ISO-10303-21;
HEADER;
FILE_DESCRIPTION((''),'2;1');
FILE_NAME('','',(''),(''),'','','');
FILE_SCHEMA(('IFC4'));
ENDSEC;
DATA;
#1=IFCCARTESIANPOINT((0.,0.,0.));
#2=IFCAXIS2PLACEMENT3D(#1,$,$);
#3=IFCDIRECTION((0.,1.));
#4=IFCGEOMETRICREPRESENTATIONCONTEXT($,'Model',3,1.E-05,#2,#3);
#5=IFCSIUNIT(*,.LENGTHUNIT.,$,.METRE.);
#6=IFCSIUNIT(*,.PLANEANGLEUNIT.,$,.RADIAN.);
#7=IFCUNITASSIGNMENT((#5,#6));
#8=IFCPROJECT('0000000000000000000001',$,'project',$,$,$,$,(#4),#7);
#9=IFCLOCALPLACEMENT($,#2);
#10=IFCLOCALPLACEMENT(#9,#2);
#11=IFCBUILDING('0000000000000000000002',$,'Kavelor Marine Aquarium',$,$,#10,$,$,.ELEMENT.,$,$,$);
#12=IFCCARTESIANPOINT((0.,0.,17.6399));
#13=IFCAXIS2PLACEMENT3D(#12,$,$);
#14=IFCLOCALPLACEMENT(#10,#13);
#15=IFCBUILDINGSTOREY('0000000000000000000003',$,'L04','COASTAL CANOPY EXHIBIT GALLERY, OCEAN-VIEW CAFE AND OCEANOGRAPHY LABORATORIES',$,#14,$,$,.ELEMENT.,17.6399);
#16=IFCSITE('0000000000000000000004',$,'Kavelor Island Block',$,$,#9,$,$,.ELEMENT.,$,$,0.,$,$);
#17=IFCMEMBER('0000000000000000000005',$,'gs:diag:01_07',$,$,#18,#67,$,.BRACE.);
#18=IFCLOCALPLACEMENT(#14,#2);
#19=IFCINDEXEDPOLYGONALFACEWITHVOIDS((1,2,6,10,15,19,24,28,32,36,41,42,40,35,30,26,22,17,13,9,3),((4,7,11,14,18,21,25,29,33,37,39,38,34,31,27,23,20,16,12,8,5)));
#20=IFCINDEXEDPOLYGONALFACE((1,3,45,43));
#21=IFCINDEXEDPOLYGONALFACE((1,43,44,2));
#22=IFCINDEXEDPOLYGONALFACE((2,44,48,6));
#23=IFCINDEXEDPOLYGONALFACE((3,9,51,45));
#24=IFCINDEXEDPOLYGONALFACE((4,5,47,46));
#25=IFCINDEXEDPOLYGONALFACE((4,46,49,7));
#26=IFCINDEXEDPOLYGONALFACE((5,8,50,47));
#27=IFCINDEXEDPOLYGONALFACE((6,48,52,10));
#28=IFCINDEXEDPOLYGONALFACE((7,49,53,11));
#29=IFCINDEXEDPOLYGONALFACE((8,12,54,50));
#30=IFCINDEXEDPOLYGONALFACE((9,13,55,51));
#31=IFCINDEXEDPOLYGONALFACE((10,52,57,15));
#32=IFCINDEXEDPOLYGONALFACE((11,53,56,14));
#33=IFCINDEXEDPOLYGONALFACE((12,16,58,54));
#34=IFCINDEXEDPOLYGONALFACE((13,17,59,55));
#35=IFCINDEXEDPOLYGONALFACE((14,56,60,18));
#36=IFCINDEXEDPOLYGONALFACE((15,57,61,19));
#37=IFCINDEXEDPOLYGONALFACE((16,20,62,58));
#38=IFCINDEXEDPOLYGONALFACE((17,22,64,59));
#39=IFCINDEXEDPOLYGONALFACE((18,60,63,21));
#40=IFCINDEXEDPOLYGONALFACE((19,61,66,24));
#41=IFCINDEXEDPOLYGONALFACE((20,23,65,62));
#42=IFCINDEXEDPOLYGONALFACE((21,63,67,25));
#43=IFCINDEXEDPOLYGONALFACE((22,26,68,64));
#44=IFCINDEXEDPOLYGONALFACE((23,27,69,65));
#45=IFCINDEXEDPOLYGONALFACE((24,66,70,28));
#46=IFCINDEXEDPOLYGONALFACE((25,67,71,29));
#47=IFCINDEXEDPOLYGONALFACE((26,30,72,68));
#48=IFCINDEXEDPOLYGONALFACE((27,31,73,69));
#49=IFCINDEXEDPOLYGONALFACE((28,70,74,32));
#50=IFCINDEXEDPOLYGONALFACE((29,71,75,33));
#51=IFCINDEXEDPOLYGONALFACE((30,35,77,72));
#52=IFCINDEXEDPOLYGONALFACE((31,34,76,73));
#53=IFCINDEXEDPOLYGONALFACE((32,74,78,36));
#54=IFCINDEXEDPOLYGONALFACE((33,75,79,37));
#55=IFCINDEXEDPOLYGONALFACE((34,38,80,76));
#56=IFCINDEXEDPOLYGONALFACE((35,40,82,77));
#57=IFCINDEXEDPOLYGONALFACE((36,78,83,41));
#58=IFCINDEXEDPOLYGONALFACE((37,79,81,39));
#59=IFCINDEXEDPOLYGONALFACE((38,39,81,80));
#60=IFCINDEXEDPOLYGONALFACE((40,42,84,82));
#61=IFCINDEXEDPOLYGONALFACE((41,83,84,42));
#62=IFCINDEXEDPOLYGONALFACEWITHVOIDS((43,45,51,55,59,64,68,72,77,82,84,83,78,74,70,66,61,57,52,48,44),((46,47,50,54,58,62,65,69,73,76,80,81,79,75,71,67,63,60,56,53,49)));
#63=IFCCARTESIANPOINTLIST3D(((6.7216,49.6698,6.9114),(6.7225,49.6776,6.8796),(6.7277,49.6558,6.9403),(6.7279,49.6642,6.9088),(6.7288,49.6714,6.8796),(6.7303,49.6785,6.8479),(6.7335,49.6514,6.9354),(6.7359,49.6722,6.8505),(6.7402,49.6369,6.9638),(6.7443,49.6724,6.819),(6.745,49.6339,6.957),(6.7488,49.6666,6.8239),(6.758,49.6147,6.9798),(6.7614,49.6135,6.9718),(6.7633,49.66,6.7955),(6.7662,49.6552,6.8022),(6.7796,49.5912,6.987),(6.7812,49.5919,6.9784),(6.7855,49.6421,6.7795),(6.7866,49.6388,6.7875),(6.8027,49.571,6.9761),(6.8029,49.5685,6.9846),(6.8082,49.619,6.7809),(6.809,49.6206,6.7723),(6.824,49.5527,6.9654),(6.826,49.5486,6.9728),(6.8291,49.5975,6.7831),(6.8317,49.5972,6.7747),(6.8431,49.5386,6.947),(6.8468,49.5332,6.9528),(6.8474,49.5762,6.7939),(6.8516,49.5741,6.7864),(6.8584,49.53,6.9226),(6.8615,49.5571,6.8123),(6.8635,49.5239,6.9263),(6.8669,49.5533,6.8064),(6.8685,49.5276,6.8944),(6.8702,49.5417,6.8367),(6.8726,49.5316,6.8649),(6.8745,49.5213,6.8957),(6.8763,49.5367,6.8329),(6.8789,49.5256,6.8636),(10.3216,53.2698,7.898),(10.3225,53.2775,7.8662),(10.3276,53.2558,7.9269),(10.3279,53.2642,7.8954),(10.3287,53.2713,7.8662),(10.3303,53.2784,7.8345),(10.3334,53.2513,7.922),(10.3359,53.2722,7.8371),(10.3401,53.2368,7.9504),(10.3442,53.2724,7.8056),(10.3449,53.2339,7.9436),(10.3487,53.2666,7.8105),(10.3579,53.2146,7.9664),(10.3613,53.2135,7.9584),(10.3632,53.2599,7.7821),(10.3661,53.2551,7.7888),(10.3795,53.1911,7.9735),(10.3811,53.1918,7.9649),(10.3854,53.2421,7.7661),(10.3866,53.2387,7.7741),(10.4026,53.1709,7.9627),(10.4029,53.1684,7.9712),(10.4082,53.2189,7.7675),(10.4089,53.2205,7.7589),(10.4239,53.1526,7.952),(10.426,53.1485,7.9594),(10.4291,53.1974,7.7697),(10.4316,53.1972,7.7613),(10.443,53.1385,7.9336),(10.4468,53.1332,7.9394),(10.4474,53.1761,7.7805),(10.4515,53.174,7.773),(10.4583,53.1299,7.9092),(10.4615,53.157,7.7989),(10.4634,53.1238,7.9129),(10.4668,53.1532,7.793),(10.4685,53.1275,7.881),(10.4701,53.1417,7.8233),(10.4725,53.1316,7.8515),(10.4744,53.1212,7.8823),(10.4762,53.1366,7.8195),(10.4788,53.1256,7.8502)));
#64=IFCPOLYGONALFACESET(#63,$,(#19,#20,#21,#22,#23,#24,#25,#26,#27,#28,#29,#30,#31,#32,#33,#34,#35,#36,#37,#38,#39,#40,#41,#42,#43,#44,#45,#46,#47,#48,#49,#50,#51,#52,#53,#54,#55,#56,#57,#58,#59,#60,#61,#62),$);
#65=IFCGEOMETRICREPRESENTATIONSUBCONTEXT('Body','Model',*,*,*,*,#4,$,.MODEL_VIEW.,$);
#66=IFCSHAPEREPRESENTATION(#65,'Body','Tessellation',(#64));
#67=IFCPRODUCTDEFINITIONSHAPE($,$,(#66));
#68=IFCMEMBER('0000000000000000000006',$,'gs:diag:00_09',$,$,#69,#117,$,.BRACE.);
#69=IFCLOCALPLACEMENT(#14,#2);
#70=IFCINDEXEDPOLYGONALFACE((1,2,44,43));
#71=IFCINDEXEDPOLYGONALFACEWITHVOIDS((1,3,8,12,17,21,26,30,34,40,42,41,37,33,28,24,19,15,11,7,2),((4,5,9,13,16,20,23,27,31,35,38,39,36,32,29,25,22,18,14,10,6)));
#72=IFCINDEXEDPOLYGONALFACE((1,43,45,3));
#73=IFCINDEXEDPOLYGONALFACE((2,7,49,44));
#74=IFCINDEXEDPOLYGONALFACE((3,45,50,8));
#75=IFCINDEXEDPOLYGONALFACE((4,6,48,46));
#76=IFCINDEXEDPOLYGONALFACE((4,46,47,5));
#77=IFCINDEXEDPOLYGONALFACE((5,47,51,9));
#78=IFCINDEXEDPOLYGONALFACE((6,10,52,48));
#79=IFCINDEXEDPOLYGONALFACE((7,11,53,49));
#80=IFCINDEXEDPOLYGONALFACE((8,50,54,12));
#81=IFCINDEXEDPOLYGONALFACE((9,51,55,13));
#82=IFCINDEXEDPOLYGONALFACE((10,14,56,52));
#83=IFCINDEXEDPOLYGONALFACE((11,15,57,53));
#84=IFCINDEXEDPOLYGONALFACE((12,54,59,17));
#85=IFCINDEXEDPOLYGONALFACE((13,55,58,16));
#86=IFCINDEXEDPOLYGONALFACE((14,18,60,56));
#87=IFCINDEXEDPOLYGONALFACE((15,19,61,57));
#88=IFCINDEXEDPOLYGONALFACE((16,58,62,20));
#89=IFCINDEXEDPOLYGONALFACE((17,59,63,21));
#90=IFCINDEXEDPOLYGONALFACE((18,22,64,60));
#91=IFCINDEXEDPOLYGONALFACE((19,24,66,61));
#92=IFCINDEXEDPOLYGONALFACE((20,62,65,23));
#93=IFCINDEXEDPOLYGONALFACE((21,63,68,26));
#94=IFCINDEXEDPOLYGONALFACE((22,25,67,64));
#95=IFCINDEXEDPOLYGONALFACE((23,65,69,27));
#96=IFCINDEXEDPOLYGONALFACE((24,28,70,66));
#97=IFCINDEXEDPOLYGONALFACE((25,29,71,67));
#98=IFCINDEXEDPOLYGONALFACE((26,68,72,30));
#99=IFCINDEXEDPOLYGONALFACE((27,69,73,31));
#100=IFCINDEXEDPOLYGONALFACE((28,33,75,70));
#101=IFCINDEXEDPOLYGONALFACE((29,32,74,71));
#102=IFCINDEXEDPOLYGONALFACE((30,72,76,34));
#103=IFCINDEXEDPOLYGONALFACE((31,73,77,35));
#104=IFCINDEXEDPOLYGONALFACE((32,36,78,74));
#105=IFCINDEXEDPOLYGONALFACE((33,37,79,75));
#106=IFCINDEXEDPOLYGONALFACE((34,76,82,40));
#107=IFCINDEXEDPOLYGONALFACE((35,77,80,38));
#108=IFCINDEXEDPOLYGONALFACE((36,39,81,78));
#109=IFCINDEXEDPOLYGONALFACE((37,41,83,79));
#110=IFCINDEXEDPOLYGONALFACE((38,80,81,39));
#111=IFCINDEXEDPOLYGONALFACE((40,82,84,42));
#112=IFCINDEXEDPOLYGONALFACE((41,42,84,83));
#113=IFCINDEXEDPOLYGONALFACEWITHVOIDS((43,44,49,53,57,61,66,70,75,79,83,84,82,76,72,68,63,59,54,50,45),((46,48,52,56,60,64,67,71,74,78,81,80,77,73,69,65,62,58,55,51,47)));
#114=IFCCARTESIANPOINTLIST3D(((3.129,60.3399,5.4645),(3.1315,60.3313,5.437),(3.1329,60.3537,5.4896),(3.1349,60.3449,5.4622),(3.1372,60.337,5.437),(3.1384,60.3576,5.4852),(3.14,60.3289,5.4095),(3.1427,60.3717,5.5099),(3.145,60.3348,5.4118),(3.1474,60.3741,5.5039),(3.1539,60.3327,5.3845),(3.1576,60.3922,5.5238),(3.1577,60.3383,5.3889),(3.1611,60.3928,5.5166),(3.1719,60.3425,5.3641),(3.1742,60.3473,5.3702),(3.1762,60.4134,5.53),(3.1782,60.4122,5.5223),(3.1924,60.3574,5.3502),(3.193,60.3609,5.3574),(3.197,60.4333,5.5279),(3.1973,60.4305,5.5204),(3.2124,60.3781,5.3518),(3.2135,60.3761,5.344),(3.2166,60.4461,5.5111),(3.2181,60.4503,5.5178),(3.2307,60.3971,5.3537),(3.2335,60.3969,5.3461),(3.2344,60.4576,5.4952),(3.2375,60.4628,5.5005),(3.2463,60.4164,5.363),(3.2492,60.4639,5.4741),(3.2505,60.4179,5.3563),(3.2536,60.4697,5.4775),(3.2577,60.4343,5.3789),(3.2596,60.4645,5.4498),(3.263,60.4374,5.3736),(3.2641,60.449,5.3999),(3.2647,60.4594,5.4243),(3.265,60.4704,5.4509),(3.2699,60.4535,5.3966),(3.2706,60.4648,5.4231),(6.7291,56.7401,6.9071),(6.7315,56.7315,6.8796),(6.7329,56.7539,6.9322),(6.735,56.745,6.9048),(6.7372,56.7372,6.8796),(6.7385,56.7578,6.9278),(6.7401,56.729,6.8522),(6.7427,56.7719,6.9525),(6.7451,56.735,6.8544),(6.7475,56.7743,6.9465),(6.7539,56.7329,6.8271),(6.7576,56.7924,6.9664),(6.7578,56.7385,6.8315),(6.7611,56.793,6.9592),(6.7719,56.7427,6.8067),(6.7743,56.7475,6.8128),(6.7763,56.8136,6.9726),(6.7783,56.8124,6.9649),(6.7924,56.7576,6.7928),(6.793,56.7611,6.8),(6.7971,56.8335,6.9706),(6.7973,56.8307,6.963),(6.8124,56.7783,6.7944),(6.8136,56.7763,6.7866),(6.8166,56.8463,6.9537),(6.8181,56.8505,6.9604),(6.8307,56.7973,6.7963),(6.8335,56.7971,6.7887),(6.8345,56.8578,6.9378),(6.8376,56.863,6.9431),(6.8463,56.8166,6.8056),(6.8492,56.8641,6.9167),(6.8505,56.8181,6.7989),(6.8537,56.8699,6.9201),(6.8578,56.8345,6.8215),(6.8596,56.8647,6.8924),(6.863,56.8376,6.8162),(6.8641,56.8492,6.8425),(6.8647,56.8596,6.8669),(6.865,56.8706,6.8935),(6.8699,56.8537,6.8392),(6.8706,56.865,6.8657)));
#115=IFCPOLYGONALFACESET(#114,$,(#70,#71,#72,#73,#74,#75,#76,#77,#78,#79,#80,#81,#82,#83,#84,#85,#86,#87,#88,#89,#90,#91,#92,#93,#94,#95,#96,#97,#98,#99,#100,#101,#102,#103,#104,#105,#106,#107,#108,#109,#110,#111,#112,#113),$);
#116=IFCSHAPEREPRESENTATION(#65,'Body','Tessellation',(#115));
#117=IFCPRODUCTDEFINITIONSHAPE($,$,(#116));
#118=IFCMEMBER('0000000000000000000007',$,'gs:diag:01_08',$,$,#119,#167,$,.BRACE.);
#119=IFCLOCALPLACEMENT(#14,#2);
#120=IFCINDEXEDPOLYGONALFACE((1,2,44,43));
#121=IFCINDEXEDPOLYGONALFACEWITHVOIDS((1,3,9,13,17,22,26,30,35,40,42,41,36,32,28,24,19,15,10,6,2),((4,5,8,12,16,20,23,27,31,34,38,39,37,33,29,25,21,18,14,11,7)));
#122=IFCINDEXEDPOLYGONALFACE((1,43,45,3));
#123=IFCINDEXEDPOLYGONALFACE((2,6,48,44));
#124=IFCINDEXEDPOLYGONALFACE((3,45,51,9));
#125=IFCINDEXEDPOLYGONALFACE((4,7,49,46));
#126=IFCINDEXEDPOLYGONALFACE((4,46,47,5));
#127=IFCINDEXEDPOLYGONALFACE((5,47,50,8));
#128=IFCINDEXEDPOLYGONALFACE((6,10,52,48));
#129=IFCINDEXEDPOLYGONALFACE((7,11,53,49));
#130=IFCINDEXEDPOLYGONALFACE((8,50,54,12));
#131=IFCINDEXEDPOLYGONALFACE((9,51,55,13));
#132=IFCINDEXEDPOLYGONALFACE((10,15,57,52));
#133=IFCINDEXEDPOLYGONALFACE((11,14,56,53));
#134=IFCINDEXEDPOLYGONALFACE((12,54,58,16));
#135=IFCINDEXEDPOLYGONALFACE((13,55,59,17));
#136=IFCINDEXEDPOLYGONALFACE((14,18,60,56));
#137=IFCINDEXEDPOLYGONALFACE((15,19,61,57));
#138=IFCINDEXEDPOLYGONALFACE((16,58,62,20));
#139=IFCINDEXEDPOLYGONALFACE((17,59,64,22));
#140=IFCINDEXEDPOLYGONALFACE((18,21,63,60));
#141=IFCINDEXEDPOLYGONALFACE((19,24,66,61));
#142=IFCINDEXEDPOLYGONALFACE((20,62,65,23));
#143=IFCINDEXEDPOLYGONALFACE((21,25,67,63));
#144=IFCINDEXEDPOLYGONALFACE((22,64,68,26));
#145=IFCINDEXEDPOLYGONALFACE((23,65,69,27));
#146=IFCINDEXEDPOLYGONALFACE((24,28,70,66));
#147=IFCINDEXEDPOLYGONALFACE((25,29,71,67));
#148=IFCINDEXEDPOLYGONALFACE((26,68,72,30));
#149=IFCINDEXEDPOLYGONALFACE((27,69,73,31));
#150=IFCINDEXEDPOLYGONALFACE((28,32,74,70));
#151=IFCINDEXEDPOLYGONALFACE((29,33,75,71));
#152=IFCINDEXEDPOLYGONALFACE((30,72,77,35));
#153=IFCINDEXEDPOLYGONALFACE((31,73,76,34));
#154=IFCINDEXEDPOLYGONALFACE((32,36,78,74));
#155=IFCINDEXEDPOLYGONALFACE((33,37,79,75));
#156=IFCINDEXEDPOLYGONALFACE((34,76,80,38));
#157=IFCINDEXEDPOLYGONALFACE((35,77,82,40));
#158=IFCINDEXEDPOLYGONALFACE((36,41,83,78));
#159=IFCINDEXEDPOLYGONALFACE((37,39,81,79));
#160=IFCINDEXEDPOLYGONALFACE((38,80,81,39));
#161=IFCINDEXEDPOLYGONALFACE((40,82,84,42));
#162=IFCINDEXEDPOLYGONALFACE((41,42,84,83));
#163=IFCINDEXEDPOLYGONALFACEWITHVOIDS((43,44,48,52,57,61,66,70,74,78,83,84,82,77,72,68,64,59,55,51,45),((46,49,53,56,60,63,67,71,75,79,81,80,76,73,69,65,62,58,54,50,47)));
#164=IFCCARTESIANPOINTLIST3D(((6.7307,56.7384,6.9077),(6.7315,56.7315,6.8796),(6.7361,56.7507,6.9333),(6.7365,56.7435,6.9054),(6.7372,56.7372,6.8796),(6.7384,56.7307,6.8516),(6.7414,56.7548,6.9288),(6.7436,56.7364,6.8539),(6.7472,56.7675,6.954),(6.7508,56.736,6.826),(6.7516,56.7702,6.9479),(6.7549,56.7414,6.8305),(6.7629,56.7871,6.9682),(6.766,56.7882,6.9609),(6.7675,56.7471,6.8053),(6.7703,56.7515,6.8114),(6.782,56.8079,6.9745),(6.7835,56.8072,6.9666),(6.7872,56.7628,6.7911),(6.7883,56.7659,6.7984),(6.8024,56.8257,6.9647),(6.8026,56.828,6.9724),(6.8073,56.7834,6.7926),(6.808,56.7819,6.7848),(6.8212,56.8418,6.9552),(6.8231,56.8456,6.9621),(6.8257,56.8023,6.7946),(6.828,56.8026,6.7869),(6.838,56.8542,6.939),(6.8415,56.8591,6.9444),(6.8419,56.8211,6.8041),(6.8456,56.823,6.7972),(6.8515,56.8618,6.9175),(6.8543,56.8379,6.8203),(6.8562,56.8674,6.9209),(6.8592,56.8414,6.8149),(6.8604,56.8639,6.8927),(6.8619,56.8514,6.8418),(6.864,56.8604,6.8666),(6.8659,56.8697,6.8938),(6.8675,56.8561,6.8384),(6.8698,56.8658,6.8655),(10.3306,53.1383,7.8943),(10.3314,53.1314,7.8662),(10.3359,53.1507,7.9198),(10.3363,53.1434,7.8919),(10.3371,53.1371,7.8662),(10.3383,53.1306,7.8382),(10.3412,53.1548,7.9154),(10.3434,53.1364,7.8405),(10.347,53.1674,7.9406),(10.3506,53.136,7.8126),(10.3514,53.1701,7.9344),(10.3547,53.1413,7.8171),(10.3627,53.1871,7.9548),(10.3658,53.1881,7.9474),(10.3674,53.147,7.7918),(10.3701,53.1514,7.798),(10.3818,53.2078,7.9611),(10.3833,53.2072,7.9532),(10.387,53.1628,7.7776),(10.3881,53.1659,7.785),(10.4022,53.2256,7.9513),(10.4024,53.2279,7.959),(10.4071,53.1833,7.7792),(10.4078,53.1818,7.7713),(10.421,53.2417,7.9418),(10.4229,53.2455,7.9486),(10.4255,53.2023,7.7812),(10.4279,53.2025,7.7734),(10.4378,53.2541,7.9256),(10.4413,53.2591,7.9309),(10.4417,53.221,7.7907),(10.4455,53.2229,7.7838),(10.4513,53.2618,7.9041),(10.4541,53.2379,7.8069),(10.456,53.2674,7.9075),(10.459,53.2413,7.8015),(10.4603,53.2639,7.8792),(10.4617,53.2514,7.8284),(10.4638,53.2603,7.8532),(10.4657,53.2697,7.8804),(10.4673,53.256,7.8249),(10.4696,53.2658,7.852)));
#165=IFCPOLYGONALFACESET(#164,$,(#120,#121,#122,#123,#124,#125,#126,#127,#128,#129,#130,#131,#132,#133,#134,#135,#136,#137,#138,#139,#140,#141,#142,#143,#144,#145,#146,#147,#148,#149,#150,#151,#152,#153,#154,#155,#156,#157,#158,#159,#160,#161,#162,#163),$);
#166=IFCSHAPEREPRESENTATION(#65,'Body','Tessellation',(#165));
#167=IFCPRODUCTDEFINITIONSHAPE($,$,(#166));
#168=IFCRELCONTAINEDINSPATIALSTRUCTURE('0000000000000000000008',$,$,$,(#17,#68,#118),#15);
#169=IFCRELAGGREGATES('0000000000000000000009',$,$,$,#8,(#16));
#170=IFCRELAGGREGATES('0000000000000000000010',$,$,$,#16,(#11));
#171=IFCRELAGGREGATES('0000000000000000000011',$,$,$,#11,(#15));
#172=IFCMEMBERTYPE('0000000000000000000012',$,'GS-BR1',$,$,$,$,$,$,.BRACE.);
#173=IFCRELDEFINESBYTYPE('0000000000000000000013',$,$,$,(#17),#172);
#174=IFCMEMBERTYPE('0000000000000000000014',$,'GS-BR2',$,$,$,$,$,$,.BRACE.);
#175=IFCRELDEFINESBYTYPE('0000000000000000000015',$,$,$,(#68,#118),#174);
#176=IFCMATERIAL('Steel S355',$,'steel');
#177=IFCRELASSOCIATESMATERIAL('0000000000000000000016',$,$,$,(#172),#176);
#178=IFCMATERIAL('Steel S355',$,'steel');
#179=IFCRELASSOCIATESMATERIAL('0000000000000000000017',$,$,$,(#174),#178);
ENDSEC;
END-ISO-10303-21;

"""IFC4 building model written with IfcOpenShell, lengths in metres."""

from ifc_helpers import new_model, si_unit, direction, frame, origin, origin_2d, place, context, subcontext, project, spatial, hollow_circle, extrude, material, material_profile, profile_set, type_object, element, save


model = new_model("IFC4")

# Units and contexts
model_context = context("Model", 3, precision=1e-05, world=origin(), true_north=direction((0.0, 1.0)))
body_context = subcontext(model_context, "Body", "Model", "MODEL_VIEW")
ifc_project = project(units=[si_unit("LENGTHUNIT", "METRE"), si_unit("PLANEANGLEUNIT", "RADIAN")], contexts=[model_context])

# Site, building, storey
site_placement = place(None, origin())
site = spatial("IfcSite", under=ifc_project, at=site_placement, Name="Kavelor Island Block", CompositionType="ELEMENT", RefElevation=0.0)
building_placement = place(site_placement, origin())
building = spatial("IfcBuilding", under=site, at=building_placement, Name="Kavelor Marine Aquarium", CompositionType="ELEMENT")
storey_placement = place(building_placement, frame((0.0, 0.0, 17.6399)))
storey = spatial("IfcBuildingStorey", under=building, at=storey_placement, Name="L04", Description="COASTAL CANOPY EXHIBIT GALLERY, OCEAN-VIEW CAFE AND OCEANOGRAPHY LABORATORIES", CompositionType="ELEMENT", Elevation=17.6399)

# Members
ifc_material_1 = material(Name="Steel S355", Category="steel")
ifc_material_profile_1 = material_profile(ifc_material_1, hollow_circle(Radius=0.1096, WallThickness=0.0088, at=origin_2d()), Name="CHS 219.1x8.8")
ifc_profile_set_1 = profile_set([ifc_material_profile_1], Name="Steel S355")
member_type_1 = type_object("IfcMemberType", Name="GS-BR1", PredefinedType="BRACE", material=ifc_profile_set_1)
member_1_placement = place(storey_placement, frame((6.8, 49.6001, 6.8796), z_axis=(0.694192, 0.694192, 0.19025), x_axis=(-0.707107, 0.707107, 0.0)))
element("IfcMember", 1, at=member_1_placement, inside=storey, type_object=member_type_1, Name="gs:diag:01_07", PredefinedType="BRACE", context=body_context, shape_type="SweptSolid", body=[
    extrude(hollow_circle(Radius=0.1096, WallThickness=0.0088, at=origin_2d()), origin(), (0.0, 0.0, 1.0), 5.1858),
])
ifc_material_2 = material(Name="Steel S355", Category="steel")
ifc_material_profile_2 = material_profile(ifc_material_2, hollow_circle(Radius=0.0969, WallThickness=0.0081, at=origin_2d()), Name="CHS 193.7x8.0")
ifc_profile_set_2 = profile_set([ifc_material_profile_2], Name="Steel S355")
member_type_2 = type_object("IfcMemberType", Name="GS-BR2", PredefinedType="BRACE", material=ifc_profile_set_2)
member_2_placement = place(storey_placement, frame((6.8, 56.8, 6.8796), z_axis=(-0.680345, 0.680298, -0.272627), x_axis=(-0.707083, -0.707131, 0.0)))
element("IfcMember", 2, at=member_2_placement, inside=storey, type_object=member_type_2, Name="gs:diag:00_09", PredefinedType="BRACE", context=body_context, shape_type="SweptSolid", body=[
    extrude(hollow_circle(Radius=0.0969, WallThickness=0.0081, at=origin_2d()), origin(), (0.0, 0.0, 1.0), 5.2915),
])
member_3_placement = place(storey_placement, frame((10.3999, 53.2, 7.8662), z_axis=(-0.694169, 0.694216, -0.190243), x_axis=(-0.707131, -0.707083, 0.0)))
element("IfcMember", 3, at=member_3_placement, inside=storey, type_object=member_type_2, Name="gs:diag:01_08", PredefinedType="BRACE", context=body_context, shape_type="SweptSolid", body=[
    extrude(hollow_circle(Radius=0.0969, WallThickness=0.0081, at=origin_2d()), origin(), (0.0, 0.0, 1.0), 5.1858),
])

save(model, "model.ifc")
